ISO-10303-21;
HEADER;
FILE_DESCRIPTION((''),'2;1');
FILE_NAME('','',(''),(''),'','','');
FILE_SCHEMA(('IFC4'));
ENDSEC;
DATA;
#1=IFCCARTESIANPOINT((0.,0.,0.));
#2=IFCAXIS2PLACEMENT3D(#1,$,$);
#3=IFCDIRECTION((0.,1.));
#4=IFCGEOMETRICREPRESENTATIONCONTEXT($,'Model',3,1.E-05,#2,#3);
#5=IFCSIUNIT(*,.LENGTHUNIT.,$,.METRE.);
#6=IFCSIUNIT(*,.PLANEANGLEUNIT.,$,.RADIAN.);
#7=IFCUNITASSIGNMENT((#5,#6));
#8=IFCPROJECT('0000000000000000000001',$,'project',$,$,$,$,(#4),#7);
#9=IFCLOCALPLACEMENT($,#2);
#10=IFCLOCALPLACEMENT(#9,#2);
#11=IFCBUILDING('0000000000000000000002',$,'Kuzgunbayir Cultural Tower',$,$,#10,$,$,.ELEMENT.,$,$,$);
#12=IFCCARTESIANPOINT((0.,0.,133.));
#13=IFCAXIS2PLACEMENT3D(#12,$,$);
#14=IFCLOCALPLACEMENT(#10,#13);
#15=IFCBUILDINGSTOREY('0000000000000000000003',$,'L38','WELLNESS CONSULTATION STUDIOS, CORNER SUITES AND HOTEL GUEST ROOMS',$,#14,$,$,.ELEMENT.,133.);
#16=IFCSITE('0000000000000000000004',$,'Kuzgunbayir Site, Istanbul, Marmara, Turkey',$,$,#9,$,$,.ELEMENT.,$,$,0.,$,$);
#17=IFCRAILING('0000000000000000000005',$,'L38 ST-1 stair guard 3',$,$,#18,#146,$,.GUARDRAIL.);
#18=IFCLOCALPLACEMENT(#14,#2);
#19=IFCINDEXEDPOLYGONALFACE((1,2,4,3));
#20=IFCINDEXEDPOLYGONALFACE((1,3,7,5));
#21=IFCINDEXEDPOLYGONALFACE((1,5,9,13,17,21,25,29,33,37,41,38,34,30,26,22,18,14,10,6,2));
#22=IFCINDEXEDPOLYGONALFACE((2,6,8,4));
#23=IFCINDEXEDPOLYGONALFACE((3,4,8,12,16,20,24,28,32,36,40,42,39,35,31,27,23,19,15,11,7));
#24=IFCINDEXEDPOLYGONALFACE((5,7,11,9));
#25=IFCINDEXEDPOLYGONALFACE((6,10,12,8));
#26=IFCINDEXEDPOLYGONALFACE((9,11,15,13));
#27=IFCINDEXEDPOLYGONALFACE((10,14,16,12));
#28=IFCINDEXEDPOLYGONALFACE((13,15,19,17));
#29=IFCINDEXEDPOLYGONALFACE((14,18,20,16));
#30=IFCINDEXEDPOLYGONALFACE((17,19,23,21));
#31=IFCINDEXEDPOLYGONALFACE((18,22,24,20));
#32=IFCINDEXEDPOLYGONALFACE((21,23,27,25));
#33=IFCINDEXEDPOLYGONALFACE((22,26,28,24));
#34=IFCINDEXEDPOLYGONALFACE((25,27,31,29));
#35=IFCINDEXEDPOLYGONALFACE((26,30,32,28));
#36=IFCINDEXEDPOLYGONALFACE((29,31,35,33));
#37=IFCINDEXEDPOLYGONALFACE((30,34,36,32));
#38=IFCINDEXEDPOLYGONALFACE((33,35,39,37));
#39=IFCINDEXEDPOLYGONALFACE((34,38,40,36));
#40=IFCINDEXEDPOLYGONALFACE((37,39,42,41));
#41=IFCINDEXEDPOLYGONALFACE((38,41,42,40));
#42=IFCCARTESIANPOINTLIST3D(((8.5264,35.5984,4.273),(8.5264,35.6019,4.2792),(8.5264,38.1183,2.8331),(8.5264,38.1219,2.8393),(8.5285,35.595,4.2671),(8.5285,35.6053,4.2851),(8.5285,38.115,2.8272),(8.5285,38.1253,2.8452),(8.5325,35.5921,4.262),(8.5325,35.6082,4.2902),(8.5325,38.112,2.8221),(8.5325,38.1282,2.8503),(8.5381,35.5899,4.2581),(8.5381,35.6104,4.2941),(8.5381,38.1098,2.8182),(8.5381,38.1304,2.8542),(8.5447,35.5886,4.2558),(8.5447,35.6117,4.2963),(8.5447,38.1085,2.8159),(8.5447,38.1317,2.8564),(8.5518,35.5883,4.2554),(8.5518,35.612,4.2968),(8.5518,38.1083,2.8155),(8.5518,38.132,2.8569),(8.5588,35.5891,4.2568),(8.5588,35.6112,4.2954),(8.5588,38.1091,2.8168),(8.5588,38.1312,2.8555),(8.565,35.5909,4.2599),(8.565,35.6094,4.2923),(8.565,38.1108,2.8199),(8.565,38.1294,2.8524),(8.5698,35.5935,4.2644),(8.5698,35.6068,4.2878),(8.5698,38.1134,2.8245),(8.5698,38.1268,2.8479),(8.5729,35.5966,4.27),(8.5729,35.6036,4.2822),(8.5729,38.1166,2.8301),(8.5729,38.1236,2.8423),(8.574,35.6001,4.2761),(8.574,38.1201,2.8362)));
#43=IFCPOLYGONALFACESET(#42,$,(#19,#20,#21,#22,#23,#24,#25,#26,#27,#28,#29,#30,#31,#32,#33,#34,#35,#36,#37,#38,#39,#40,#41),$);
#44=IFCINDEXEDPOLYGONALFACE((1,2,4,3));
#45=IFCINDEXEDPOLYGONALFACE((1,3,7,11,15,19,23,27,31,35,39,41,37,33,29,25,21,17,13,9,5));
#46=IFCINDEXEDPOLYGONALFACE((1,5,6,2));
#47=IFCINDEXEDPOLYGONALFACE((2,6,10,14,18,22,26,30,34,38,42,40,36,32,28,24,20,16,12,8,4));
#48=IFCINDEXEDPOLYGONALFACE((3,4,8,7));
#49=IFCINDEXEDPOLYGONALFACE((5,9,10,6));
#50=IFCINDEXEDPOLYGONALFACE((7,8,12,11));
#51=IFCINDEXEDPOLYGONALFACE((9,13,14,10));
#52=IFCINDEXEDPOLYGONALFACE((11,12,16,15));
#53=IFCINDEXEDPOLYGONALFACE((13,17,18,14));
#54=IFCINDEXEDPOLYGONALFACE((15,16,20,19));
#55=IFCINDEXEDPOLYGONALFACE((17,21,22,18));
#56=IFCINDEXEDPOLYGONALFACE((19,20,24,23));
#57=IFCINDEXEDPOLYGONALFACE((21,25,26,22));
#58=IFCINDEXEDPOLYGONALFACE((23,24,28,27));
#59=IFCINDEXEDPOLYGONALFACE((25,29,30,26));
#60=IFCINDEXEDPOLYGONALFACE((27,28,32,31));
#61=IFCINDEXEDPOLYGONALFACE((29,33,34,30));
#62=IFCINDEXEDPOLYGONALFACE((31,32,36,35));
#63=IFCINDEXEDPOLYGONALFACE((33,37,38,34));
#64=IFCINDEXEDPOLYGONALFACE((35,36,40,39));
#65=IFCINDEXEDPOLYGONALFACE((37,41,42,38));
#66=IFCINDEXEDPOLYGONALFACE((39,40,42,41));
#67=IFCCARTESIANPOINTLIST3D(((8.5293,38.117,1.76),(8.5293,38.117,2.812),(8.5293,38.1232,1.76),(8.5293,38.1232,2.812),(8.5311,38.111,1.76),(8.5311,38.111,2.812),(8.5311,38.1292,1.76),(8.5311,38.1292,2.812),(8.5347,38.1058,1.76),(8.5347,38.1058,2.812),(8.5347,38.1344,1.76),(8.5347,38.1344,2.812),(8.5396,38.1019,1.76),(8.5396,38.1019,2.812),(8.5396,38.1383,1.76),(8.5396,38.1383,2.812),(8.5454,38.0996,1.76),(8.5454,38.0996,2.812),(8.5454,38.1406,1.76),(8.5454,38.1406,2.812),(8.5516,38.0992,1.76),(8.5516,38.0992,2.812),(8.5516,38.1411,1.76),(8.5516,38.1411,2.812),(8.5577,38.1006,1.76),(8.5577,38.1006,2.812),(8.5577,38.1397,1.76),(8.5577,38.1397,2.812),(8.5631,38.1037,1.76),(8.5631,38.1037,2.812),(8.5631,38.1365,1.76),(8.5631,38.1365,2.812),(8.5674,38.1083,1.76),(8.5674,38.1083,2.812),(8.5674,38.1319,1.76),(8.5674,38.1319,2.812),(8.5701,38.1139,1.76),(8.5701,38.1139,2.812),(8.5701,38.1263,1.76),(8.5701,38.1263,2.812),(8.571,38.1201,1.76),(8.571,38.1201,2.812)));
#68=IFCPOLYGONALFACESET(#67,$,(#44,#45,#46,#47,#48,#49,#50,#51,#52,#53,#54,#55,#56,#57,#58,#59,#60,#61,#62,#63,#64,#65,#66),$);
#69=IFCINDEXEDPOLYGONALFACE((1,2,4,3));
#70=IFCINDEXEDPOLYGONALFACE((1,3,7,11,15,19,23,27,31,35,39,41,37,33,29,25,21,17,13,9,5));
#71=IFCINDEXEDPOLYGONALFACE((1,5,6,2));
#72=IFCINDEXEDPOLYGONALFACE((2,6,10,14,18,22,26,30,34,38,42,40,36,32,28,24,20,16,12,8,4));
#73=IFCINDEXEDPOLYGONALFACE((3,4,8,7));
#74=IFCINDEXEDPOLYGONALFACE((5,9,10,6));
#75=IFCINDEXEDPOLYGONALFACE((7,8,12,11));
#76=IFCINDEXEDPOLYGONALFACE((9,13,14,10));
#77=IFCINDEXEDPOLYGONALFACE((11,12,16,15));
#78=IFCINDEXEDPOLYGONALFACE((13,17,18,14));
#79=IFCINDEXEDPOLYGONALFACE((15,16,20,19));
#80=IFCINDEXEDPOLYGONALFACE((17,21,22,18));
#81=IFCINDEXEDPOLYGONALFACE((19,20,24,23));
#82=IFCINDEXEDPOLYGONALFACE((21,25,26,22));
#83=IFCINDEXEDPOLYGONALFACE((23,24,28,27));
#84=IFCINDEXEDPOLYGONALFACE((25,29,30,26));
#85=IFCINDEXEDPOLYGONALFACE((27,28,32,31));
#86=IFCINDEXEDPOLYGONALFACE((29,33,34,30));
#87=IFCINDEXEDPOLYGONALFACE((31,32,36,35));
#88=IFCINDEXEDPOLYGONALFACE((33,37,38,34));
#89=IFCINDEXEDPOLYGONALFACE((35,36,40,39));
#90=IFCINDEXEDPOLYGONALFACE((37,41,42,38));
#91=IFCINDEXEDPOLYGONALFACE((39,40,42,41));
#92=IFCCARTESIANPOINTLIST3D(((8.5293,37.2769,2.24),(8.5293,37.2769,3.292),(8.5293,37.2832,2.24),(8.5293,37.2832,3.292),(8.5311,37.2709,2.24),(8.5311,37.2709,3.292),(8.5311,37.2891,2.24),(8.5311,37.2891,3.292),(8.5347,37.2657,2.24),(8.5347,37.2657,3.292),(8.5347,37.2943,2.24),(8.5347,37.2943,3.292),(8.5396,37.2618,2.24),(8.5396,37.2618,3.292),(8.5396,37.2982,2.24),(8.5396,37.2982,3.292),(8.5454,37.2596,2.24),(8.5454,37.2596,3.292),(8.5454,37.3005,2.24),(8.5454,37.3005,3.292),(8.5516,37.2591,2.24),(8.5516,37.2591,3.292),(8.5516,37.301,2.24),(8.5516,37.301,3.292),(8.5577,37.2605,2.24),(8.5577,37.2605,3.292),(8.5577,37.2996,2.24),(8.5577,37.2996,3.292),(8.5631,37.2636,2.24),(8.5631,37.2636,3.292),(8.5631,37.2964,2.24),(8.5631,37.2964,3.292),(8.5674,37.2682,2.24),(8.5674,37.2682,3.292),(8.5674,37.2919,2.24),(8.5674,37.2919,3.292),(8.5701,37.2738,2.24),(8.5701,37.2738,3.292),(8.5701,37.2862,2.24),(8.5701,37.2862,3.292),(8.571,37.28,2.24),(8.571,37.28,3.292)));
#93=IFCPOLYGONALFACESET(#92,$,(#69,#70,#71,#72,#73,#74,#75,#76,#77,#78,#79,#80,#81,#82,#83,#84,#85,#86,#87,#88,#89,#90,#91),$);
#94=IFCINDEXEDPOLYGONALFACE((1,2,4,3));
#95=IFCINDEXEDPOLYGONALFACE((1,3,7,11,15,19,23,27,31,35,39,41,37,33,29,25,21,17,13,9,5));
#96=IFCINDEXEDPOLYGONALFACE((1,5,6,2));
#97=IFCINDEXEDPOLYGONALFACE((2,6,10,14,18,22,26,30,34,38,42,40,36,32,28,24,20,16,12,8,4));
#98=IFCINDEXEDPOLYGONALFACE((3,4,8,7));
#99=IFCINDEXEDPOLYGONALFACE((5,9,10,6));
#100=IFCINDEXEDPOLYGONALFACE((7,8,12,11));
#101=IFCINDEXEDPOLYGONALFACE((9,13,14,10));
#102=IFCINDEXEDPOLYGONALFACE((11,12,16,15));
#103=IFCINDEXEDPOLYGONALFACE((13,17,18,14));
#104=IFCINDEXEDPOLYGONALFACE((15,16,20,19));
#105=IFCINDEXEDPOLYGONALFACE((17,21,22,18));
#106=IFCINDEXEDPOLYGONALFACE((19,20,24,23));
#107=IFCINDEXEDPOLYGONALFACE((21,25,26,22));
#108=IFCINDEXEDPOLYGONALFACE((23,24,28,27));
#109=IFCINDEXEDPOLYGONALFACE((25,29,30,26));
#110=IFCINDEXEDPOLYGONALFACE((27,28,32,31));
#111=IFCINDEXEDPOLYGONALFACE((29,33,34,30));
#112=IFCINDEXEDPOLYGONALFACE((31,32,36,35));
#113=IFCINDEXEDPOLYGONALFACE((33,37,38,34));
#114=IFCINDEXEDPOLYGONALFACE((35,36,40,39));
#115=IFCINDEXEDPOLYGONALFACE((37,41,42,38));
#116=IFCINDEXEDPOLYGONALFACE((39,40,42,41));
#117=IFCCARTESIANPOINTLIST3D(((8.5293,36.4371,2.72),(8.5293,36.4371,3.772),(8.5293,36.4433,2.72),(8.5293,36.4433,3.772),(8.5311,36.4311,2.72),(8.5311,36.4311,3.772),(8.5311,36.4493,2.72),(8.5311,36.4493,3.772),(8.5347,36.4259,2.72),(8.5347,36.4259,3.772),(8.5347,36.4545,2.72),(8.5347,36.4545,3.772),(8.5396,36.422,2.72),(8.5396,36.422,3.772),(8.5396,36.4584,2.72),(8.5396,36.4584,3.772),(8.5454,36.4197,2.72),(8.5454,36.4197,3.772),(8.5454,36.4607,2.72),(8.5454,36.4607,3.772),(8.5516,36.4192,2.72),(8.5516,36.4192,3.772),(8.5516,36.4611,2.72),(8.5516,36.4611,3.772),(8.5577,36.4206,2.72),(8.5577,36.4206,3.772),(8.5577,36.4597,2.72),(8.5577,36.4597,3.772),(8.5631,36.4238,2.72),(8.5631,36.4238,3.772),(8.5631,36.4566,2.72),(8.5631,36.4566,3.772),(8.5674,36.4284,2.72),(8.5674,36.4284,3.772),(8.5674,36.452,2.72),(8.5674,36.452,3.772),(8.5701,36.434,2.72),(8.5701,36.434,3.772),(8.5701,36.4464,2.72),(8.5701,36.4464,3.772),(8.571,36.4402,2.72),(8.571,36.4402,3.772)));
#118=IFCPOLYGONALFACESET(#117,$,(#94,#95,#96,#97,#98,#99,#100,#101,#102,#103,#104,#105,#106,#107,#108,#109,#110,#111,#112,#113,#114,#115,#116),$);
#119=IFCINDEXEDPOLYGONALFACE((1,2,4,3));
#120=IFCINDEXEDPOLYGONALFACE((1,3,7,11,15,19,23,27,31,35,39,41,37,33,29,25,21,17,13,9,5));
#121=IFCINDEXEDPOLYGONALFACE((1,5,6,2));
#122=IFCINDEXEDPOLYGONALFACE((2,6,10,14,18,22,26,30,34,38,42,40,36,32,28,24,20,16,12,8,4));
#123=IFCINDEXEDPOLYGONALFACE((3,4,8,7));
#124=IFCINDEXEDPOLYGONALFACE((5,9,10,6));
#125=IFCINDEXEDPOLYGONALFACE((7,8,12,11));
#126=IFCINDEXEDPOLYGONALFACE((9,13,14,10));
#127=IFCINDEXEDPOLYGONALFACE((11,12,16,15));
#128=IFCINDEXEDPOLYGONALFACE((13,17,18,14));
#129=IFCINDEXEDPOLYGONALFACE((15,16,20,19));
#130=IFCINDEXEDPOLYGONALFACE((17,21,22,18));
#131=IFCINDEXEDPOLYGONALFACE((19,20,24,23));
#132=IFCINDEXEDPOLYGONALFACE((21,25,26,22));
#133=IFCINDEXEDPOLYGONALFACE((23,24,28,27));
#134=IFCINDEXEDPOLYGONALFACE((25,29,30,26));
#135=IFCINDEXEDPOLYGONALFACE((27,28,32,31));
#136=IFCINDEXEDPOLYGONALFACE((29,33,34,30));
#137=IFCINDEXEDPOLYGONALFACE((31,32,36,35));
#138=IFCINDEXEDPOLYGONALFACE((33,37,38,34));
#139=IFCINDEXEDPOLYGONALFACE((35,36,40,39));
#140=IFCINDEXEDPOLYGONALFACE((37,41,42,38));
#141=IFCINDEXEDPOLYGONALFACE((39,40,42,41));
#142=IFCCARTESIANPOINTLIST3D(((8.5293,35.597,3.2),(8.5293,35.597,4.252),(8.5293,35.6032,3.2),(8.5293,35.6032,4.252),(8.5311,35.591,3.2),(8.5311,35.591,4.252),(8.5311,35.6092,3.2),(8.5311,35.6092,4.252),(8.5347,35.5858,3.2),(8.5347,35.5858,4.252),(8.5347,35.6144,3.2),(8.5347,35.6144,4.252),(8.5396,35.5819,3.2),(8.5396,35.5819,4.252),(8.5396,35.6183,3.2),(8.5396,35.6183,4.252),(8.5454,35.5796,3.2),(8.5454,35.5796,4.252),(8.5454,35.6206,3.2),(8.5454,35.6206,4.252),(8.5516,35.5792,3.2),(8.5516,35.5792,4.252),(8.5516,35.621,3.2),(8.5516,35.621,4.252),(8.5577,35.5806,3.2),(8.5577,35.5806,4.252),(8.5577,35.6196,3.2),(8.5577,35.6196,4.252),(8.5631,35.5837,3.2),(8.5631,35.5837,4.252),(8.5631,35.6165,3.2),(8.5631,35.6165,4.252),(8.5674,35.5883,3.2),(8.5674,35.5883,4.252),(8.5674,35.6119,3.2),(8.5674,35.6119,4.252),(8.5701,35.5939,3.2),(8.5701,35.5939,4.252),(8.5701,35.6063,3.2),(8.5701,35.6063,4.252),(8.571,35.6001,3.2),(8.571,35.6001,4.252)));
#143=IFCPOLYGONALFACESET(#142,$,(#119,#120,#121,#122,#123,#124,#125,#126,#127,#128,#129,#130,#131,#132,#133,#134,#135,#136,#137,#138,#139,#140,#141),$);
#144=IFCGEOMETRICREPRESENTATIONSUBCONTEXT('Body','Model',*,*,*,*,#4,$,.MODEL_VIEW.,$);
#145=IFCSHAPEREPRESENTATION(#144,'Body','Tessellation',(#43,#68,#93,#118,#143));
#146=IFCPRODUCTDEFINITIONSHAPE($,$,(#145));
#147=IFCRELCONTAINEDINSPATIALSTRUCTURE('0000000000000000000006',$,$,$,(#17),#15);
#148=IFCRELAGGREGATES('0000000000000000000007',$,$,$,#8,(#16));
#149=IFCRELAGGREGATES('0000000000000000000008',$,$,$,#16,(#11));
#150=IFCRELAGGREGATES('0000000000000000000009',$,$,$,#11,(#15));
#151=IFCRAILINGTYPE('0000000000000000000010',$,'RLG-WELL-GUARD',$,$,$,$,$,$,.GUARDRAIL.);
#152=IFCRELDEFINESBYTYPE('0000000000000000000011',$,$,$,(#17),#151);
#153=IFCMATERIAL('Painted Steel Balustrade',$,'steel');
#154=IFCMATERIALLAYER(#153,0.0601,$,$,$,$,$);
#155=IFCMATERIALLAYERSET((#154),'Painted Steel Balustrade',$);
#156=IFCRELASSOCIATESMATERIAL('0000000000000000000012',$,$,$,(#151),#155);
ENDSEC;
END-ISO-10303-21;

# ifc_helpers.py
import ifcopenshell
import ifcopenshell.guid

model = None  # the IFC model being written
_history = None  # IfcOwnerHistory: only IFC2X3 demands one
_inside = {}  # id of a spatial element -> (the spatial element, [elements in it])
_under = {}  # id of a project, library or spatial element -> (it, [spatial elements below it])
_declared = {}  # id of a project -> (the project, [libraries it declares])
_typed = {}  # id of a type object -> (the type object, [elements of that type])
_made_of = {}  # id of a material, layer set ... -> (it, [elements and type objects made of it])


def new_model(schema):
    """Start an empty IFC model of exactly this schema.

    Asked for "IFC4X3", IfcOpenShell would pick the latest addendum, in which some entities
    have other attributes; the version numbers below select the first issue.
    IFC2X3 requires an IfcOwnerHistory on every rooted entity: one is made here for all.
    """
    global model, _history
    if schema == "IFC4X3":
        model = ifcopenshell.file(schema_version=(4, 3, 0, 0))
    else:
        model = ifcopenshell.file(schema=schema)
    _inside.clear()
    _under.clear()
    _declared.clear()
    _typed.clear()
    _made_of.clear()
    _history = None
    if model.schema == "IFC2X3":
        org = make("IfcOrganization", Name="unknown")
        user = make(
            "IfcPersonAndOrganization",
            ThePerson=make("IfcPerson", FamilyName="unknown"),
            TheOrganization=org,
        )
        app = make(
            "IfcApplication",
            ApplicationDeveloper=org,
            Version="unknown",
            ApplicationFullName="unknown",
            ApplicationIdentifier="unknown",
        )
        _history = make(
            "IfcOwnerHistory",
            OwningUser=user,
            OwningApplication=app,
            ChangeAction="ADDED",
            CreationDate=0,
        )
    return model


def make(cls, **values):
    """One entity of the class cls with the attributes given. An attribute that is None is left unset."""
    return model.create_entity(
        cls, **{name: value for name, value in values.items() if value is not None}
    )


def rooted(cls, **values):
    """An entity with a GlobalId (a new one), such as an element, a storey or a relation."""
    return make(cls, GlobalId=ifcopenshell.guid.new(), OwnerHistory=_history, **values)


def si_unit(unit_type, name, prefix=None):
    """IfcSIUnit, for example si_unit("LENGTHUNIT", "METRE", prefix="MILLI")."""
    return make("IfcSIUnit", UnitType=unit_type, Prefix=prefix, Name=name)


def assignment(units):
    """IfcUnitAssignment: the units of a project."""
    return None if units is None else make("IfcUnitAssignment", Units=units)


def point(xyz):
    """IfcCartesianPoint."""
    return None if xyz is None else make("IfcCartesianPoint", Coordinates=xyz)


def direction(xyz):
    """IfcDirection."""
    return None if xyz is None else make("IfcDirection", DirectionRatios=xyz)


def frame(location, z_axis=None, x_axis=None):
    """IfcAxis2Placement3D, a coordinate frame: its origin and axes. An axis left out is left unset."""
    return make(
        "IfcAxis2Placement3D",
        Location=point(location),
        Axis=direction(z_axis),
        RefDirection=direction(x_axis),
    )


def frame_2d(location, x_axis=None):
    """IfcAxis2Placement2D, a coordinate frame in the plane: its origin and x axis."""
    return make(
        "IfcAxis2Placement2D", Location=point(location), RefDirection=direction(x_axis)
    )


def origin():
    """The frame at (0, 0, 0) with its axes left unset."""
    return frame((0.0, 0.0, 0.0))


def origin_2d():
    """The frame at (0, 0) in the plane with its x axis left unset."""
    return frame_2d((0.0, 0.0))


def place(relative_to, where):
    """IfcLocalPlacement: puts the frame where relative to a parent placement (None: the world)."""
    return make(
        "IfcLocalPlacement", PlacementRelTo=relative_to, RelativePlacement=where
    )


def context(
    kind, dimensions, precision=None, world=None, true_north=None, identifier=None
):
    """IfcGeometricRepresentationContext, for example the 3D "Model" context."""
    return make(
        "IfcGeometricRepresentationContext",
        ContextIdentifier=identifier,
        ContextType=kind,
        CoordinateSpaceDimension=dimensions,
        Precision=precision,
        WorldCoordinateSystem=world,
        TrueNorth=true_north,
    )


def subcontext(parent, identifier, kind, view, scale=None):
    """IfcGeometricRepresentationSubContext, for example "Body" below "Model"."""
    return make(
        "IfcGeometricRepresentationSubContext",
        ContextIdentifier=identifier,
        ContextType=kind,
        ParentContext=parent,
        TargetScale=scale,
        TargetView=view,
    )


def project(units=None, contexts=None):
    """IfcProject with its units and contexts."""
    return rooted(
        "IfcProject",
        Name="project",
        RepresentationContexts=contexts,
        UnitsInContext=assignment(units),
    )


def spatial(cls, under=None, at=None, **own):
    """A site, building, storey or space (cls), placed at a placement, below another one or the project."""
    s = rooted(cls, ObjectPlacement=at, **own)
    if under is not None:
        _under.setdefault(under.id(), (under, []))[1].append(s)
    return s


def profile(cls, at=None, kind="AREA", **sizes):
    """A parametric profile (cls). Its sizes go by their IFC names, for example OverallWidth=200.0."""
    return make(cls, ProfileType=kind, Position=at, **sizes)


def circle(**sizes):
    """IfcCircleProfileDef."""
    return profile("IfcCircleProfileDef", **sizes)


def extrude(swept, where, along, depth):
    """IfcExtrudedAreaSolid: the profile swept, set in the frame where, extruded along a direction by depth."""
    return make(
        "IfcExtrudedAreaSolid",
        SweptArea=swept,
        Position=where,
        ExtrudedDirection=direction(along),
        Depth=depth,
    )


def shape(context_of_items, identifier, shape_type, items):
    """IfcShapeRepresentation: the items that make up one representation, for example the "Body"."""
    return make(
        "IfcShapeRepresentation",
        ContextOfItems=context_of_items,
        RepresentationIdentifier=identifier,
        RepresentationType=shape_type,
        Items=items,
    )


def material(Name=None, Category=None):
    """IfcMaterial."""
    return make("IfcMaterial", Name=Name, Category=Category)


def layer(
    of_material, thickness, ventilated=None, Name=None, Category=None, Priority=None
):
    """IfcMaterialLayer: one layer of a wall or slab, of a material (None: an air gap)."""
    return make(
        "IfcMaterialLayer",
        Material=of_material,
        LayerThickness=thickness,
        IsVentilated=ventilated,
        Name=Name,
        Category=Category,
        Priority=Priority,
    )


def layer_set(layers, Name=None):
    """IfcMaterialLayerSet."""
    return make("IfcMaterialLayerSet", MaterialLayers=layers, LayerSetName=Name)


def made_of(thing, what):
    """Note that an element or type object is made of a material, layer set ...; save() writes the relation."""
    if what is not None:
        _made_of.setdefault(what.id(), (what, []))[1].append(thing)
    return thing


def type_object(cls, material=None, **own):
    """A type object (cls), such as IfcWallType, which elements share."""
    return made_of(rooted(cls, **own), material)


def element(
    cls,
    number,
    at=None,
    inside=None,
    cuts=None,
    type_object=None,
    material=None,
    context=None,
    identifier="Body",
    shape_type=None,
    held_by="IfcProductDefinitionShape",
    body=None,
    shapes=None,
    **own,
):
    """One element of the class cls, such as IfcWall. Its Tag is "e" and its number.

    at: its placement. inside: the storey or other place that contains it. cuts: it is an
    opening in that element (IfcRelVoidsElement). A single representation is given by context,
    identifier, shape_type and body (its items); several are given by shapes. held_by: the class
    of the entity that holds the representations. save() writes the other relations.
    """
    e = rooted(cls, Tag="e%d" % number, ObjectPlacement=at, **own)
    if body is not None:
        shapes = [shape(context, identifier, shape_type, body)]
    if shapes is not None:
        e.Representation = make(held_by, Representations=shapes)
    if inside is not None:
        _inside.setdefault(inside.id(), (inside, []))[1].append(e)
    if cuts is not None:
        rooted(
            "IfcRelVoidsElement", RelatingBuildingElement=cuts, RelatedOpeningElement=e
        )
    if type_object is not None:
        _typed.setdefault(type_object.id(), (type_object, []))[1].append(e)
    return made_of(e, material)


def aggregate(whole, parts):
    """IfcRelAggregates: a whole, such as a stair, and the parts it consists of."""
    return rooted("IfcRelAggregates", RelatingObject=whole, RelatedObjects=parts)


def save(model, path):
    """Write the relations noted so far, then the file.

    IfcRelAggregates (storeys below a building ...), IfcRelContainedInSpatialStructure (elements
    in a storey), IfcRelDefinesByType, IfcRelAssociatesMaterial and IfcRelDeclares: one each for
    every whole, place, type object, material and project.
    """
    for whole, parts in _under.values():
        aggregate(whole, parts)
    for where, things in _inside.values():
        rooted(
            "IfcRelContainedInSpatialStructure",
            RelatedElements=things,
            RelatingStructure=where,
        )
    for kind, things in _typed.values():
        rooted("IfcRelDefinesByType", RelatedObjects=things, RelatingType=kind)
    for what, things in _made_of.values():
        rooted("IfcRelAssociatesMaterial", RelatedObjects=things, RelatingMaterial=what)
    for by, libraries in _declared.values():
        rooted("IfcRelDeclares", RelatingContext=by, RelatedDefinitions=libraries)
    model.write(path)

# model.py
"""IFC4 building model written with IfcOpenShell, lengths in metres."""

from ifc_helpers import new_model, si_unit, direction, frame, origin, origin_2d, place, context, subcontext, project, spatial, circle, extrude, material, layer, layer_set, type_object, element, save


model = new_model("IFC4")

# Units and contexts
model_context = context("Model", 3, precision=1e-05, world=origin(), true_north=direction((0.0, 1.0)))
body_context = subcontext(model_context, "Body", "Model", "MODEL_VIEW")
ifc_project = project(units=[si_unit("LENGTHUNIT", "METRE"), si_unit("PLANEANGLEUNIT", "RADIAN")], contexts=[model_context])

# Site, building, storey
site_placement = place(None, origin())
site = spatial("IfcSite", under=ifc_project, at=site_placement, Name="Kuzgunbayir Site, Istanbul, Marmara, Turkey", CompositionType="ELEMENT", RefElevation=0.0)
building_placement = place(site_placement, origin())
building = spatial("IfcBuilding", under=site, at=building_placement, Name="Kuzgunbayir Cultural Tower", CompositionType="ELEMENT")
storey_placement = place(building_placement, frame((0.0, 0.0, 133.0)))
storey = spatial("IfcBuildingStorey", under=building, at=storey_placement, Name="L38", Description="WELLNESS CONSULTATION STUDIOS, CORNER SUITES AND HOTEL GUEST ROOMS", CompositionType="ELEMENT", Elevation=133.0)

# Railing
ifc_material_1 = material(Name="Painted Steel Balustrade", Category="steel")
ifc_layer_1 = layer(ifc_material_1, 0.0601)
ifc_layer_set_1 = layer_set([ifc_layer_1], Name="Painted Steel Balustrade")
railing_type_1 = type_object("IfcRailingType", Name="RLG-WELL-GUARD", PredefinedType="GUARDRAIL", material=ifc_layer_set_1)
railing_1_placement = place(storey_placement, frame((8.55, 38.1201, 1.76)))
element("IfcRailing", 1, at=railing_1_placement, inside=storey, type_object=railing_type_1, Name="L38 ST-1 stair guard 3", PredefinedType="GUARDRAIL", context=body_context, shape_type="SweptSolid", body=[
    extrude(circle(Radius=0.0239, at=origin_2d()), frame((0.0, 0.0, 1.0762), z_axis=(0.0, -0.868253, 0.496121), x_axis=(1.0, 0.0, 0.0)), (0.0, 0.0, 1.0), 2.9023),
    extrude(circle(Radius=0.021, at=origin_2d()), origin(), (0.0, 0.0, 1.0), 1.052),
    extrude(circle(Radius=0.021, at=origin_2d()), frame((0.0, -0.8401, 0.48)), (0.0, 0.0, 1.0), 1.052),
    extrude(circle(Radius=0.021, at=origin_2d()), frame((0.0, -1.6799, 0.96)), (0.0, 0.0, 1.0), 1.052),
    extrude(circle(Radius=0.021, at=origin_2d()), frame((0.0, -2.52, 1.4399)), (0.0, 0.0, 1.0), 1.052),
])

save(model, "model.ifc")
